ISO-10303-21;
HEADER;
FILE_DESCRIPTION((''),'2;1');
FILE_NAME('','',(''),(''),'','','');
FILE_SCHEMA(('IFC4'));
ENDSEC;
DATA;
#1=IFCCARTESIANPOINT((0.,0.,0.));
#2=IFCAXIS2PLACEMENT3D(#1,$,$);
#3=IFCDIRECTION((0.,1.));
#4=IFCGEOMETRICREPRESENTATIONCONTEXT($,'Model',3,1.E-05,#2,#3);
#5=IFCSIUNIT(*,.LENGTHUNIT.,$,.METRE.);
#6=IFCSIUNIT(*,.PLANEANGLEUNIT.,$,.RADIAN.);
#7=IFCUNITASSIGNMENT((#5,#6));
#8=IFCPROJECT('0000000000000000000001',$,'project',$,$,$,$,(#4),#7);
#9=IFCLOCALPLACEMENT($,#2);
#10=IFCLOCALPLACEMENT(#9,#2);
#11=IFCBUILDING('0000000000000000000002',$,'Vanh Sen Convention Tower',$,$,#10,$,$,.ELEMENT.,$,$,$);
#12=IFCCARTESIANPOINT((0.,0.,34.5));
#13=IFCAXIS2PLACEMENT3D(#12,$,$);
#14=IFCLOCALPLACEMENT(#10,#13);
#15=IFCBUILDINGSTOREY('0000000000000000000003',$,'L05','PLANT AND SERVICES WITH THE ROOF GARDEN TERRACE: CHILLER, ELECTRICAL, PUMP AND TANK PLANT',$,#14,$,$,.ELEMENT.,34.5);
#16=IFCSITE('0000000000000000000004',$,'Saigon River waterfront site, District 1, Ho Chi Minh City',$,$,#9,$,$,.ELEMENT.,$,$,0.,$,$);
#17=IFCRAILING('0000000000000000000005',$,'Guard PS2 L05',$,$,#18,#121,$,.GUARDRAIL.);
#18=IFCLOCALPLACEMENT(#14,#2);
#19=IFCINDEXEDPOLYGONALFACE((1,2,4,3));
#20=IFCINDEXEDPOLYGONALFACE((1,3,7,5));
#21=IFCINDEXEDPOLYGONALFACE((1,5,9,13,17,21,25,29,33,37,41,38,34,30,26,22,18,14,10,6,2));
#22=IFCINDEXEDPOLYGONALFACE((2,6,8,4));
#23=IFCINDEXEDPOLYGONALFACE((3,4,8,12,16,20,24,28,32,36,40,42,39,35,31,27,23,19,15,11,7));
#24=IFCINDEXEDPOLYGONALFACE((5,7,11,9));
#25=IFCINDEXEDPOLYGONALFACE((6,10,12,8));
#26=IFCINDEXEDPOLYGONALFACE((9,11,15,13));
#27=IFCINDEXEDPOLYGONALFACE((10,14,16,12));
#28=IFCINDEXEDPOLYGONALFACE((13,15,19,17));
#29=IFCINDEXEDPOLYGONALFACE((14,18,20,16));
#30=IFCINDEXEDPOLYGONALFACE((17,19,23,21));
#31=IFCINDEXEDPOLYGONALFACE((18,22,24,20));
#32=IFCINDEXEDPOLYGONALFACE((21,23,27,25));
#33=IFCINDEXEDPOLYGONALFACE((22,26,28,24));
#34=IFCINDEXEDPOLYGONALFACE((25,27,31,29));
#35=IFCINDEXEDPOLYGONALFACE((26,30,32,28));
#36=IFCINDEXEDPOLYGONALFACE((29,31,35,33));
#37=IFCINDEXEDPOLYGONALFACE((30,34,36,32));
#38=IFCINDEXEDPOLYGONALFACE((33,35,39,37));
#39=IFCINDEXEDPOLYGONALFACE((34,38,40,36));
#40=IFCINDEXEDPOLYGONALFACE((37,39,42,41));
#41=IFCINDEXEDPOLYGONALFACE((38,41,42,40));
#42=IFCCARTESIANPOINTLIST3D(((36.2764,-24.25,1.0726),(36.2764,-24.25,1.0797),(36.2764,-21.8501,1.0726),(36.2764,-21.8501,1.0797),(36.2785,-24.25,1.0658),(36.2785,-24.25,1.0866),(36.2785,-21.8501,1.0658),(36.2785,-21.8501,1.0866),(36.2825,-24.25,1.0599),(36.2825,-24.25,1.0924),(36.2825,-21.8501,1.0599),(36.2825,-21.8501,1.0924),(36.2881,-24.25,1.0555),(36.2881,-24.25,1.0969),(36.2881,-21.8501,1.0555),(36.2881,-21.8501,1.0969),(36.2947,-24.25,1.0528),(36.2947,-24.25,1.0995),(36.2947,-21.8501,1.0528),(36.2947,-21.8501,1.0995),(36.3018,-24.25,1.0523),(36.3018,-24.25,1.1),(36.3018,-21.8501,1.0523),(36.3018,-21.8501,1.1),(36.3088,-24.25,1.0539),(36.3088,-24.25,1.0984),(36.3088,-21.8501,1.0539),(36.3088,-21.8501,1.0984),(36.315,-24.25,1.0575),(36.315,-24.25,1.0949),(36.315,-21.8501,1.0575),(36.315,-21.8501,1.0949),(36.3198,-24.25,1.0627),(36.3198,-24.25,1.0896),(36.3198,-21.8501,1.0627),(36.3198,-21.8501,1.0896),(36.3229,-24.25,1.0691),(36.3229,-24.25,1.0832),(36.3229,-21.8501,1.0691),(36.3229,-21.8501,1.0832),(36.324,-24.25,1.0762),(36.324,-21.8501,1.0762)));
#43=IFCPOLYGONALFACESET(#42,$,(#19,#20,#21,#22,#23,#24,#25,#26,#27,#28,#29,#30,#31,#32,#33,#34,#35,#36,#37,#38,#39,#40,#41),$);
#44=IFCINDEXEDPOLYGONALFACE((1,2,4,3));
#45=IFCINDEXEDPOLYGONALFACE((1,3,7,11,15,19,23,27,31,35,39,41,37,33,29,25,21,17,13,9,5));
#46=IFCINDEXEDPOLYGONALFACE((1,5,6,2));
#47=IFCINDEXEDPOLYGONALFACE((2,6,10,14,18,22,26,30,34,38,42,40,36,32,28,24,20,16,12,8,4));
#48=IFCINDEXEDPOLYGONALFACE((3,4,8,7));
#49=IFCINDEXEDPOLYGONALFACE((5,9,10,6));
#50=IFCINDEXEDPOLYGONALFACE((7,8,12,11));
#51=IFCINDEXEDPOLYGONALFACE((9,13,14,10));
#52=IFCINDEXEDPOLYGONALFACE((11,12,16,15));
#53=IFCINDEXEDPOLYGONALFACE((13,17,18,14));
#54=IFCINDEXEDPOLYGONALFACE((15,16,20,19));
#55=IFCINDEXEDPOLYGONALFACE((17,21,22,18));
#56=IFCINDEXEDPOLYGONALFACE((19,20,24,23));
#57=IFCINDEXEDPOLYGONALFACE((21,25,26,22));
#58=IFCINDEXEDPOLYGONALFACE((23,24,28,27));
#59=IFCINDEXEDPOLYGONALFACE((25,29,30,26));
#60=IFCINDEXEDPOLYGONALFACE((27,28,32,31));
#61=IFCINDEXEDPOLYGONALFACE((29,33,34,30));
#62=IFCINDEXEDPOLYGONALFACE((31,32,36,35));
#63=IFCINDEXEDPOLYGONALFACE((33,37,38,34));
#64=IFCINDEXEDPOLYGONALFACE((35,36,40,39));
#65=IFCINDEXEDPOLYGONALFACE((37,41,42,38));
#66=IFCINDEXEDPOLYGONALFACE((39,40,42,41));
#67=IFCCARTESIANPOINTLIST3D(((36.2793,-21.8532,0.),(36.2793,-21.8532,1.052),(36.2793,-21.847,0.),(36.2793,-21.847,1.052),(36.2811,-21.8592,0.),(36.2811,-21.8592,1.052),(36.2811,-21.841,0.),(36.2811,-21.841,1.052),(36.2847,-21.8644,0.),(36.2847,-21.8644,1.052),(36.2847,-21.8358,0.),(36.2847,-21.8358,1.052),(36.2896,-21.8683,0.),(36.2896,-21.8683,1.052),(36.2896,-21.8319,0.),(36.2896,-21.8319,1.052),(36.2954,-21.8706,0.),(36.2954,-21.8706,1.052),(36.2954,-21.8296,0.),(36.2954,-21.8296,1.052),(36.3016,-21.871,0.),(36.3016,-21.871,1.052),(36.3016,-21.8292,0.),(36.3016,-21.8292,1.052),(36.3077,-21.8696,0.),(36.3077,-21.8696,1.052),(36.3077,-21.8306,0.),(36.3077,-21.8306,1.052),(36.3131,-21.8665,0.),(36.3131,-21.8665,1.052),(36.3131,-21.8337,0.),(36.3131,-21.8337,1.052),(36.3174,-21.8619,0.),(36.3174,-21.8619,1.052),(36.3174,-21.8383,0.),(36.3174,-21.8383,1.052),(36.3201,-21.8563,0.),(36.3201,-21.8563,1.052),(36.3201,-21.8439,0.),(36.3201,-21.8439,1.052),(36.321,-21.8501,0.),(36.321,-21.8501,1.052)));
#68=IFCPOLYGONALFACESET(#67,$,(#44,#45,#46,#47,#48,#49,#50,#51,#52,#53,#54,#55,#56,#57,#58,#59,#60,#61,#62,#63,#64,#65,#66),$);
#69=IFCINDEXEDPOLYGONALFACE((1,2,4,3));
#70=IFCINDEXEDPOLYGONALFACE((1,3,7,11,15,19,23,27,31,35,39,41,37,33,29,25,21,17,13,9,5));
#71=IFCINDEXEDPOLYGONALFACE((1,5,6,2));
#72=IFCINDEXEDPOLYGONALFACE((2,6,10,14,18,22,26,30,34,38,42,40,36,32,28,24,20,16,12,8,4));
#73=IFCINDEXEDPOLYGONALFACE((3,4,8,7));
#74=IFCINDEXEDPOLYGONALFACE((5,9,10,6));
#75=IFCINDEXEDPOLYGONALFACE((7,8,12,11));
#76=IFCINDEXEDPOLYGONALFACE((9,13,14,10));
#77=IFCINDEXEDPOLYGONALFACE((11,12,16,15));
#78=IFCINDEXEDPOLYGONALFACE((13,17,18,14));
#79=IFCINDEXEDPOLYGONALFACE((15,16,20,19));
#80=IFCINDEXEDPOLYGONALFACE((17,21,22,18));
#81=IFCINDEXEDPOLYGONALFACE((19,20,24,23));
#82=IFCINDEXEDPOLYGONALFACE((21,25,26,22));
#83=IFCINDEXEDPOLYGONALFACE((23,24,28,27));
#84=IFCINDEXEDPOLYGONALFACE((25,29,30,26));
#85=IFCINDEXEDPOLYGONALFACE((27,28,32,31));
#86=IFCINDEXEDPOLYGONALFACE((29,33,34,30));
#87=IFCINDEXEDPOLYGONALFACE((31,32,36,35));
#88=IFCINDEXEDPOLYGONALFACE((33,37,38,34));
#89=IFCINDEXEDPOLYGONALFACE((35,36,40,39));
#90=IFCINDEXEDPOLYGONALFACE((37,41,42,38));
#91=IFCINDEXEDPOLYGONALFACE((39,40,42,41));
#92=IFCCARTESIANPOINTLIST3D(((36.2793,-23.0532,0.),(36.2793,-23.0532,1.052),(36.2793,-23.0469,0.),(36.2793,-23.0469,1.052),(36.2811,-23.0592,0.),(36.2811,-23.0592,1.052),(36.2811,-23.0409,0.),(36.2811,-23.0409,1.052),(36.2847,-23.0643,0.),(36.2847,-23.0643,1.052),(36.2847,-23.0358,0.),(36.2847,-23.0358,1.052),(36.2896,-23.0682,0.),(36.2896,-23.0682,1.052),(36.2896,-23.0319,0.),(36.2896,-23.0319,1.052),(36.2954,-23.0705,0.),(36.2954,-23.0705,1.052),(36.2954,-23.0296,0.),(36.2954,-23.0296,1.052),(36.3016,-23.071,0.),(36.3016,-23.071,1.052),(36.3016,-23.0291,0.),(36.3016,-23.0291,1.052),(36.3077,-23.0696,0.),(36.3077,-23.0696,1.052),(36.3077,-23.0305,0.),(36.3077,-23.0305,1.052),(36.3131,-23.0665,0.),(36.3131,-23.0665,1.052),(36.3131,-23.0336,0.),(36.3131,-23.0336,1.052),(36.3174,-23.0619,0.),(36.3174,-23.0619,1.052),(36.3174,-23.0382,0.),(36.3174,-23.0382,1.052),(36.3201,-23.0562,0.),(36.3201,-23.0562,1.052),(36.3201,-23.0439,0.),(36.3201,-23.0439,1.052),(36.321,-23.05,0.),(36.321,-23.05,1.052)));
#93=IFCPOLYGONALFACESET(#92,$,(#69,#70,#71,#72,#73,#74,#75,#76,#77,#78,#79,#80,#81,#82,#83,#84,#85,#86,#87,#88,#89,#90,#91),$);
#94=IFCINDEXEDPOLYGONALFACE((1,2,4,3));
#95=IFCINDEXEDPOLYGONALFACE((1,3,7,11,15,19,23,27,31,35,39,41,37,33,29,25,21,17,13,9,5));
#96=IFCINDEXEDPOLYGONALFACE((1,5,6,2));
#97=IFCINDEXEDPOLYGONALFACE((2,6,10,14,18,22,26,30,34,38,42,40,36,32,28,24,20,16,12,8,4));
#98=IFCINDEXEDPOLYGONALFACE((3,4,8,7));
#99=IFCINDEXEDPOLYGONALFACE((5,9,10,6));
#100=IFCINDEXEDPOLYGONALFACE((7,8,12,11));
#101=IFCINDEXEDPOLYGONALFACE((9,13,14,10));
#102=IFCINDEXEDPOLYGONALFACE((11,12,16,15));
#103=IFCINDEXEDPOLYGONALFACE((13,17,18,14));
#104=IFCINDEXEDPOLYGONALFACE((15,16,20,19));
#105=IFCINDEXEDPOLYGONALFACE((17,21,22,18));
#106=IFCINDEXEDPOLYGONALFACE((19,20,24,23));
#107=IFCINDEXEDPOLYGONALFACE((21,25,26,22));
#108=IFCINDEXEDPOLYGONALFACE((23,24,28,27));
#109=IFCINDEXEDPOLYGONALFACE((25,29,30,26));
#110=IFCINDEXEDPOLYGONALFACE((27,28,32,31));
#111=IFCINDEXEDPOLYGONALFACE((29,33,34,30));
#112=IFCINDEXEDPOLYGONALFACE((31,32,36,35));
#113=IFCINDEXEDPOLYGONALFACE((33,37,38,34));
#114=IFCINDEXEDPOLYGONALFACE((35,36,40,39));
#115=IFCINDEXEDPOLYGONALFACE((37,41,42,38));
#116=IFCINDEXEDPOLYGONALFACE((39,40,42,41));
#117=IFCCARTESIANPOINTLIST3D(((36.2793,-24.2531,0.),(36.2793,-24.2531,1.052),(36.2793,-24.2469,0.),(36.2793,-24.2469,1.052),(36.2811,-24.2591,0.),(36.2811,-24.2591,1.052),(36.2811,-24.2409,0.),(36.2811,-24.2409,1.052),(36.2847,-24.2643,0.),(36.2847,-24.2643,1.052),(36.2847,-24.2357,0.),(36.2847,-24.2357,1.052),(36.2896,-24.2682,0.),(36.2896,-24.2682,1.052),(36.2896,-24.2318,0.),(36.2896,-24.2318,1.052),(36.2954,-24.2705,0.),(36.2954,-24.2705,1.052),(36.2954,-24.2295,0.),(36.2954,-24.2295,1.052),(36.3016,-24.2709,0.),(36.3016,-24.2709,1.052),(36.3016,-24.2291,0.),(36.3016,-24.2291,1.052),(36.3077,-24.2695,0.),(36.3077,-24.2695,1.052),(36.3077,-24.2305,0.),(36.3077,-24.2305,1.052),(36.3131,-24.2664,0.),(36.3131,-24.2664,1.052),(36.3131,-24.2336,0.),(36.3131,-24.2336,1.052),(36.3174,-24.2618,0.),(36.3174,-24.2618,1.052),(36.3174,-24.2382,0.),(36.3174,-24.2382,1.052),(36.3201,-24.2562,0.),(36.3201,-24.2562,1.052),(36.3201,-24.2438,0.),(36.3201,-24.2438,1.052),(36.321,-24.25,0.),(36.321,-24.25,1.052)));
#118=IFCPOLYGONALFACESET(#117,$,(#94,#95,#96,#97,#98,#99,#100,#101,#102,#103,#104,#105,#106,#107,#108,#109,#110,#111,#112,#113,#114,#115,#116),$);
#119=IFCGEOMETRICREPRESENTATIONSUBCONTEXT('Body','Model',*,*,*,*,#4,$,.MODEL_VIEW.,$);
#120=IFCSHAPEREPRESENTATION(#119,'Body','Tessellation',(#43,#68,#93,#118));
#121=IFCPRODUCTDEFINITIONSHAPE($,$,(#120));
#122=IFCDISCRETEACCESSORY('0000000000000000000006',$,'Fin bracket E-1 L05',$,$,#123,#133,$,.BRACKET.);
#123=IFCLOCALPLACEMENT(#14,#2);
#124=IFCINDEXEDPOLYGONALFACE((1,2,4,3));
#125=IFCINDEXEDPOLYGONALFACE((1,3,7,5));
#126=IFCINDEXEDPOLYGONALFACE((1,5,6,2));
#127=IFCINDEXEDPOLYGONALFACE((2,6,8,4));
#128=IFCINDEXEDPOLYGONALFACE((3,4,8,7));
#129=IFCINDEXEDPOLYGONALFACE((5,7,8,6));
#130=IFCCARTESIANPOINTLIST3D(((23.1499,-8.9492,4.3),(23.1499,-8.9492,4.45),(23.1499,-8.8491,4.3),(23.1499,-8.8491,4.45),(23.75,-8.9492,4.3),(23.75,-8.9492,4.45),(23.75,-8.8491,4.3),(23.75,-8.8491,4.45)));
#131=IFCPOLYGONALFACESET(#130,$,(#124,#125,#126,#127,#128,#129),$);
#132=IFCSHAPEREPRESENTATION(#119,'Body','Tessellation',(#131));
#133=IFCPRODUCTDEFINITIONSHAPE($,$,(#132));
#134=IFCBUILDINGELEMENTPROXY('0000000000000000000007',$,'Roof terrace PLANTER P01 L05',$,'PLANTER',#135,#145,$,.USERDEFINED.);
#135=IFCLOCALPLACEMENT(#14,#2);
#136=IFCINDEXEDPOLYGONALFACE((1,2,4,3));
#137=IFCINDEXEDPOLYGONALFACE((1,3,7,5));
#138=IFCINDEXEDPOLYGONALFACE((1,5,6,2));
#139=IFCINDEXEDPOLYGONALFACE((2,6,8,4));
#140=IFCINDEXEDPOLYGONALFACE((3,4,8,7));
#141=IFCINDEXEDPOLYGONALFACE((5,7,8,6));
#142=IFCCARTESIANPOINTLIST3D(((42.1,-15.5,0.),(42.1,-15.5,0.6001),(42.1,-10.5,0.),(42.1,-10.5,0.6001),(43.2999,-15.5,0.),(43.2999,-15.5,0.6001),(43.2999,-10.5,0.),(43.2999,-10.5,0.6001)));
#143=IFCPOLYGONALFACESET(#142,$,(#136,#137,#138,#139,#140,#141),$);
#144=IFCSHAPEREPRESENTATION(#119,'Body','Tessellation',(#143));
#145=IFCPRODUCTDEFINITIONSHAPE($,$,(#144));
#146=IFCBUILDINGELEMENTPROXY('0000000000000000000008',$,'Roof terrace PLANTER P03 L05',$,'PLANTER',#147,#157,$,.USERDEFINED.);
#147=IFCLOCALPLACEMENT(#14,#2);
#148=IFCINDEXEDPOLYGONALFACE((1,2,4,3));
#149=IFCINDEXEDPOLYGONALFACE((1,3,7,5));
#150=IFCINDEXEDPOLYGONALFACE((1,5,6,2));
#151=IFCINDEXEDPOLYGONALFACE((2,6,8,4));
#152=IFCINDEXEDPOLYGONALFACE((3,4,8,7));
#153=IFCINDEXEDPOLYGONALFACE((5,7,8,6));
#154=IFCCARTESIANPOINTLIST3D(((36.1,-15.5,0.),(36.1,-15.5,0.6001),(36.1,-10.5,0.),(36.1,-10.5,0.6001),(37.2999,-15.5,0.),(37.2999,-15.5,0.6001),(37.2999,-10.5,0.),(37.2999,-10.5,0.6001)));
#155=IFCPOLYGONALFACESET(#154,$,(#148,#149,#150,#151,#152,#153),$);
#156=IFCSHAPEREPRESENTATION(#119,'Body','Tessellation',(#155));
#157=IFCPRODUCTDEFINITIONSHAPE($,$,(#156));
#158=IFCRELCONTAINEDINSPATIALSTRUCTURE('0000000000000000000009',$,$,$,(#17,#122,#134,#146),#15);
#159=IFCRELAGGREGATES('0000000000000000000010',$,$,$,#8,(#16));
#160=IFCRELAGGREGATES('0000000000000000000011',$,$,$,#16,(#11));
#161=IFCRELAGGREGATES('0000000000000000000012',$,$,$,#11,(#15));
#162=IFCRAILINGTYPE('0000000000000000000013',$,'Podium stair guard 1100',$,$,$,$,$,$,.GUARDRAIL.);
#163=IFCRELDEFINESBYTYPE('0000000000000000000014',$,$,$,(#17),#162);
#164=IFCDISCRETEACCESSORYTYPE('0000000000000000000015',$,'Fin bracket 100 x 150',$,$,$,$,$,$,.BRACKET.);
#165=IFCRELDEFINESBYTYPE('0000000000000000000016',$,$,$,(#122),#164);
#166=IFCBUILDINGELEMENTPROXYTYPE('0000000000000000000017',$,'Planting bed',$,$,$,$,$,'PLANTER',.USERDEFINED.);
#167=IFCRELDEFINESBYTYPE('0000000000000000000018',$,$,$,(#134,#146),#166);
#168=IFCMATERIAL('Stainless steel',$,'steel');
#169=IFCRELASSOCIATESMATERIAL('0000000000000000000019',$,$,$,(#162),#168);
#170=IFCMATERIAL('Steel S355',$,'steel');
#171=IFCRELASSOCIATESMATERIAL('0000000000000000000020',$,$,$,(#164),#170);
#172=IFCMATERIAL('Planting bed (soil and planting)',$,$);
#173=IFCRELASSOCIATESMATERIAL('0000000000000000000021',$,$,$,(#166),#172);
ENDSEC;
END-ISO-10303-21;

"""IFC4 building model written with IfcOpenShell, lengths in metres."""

from ifc_helpers import new_model, si_unit, direction, frame, origin, origin_2d, place, context, subcontext, project, spatial, rectangle, circle, extrude, material, type_object, element, save


model = new_model("IFC4")

# Units and contexts
model_context = context("Model", 3, precision=1e-05, world=origin(), true_north=direction((0.0, 1.0)))
body_context = subcontext(model_context, "Body", "Model", "MODEL_VIEW")
ifc_project = project(units=[si_unit("LENGTHUNIT", "METRE"), si_unit("PLANEANGLEUNIT", "RADIAN")], contexts=[model_context])

# Site, building, storey
site_placement = place(None, origin())
site = spatial("IfcSite", under=ifc_project, at=site_placement, Name="Saigon River waterfront site, District 1, Ho Chi Minh City", CompositionType="ELEMENT", RefElevation=0.0)
building_placement = place(site_placement, origin())
building = spatial("IfcBuilding", under=site, at=building_placement, Name="Vanh Sen Convention Tower", CompositionType="ELEMENT")
storey_placement = place(building_placement, frame((0.0, 0.0, 34.5)))
storey = spatial("IfcBuildingStorey", under=building, at=storey_placement, Name="L05", Description="PLANT AND SERVICES WITH THE ROOF GARDEN TERRACE: CHILLER, ELECTRICAL, PUMP AND TANK PLANT", CompositionType="ELEMENT", Elevation=34.5)

# Railing
ifc_material_1 = material(Name="Stainless steel", Category="steel")
railing_type_1 = type_object("IfcRailingType", Name="Podium stair guard 1100", PredefinedType="GUARDRAIL", material=ifc_material_1)
railing_1_placement = place(storey_placement, frame((36.3, -21.8501, 0.0)))
element("IfcRailing", 1, at=railing_1_placement, inside=storey, type_object=railing_type_1, Name="Guard PS2 L05", PredefinedType="GUARDRAIL", context=body_context, shape_type="SweptSolid", body=[
    extrude(circle(Radius=0.0239, at=origin_2d()), frame((0.0, 0.0, 1.0762), z_axis=(0.0, -1.0, 0.0), x_axis=(1.0, 0.0, 0.0)), (0.0, 0.0, 1.0), 2.3999),
    extrude(circle(Radius=0.021, at=origin_2d()), origin(), (0.0, 0.0, 1.0), 1.052),
    extrude(circle(Radius=0.021, at=origin_2d()), frame((0.0, -1.2, 0.0)), (0.0, 0.0, 1.0), 1.052),
    extrude(circle(Radius=0.021, at=origin_2d()), frame((0.0, -2.3999, 0.0)), (0.0, 0.0, 1.0), 1.052),
])

# Discrete accessory
ifc_material_2 = material(Name="Steel S355", Category="steel")
discrete_accessory_type = type_object("IfcDiscreteAccessoryType", Name="Fin bracket 100 x 150", PredefinedType="BRACKET", material=ifc_material_2)
discrete_accessory_placement = place(storey_placement, frame((23.45, -8.8992, 4.3), z_axis=(0.0, 0.0, 1.0), x_axis=(1.0, 0.0, 0.0)))
element("IfcDiscreteAccessory", 2, at=discrete_accessory_placement, inside=storey, type_object=discrete_accessory_type, Name="Fin bracket E-1 L05", PredefinedType="BRACKET", context=body_context, shape_type="SweptSolid", body=[
    extrude(rectangle(XDim=0.6001, YDim=0.1001, at=origin_2d()), origin(), (0.0, 0.0, 1.0), 0.1499),
])

# Building element proxies
ifc_material_3 = material(Name="Planting bed (soil and planting)")
building_element_proxy_type = type_object("IfcBuildingElementProxyType", Name="Planting bed", ElementType="PLANTER", PredefinedType="USERDEFINED", material=ifc_material_3)
for number, where, z_axis, x_axis, name in (
    (3, (42.7, -13.0, 0.0), (0.0, 0.0, 1.0), (1.0, 0.0, 0.0), "Roof terrace PLANTER P01 L05"),
    (4, (36.7, -13.0, 0.0), (0.0, 0.0, 1.0), (1.0, 0.0, 0.0), "Roof terrace PLANTER P03 L05"),
):
    element("IfcBuildingElementProxy", number, at=place(storey_placement, frame(where, z_axis=z_axis, x_axis=x_axis)), inside=storey, type_object=building_element_proxy_type, Name=name, ObjectType="PLANTER", PredefinedType="USERDEFINED", context=body_context, shape_type="SweptSolid", body=[
        extrude(rectangle(XDim=1.2, YDim=5.0, at=origin_2d()), origin(), (0.0, 0.0, 1.0), 0.6001),
    ])

save(model, "model.ifc")
